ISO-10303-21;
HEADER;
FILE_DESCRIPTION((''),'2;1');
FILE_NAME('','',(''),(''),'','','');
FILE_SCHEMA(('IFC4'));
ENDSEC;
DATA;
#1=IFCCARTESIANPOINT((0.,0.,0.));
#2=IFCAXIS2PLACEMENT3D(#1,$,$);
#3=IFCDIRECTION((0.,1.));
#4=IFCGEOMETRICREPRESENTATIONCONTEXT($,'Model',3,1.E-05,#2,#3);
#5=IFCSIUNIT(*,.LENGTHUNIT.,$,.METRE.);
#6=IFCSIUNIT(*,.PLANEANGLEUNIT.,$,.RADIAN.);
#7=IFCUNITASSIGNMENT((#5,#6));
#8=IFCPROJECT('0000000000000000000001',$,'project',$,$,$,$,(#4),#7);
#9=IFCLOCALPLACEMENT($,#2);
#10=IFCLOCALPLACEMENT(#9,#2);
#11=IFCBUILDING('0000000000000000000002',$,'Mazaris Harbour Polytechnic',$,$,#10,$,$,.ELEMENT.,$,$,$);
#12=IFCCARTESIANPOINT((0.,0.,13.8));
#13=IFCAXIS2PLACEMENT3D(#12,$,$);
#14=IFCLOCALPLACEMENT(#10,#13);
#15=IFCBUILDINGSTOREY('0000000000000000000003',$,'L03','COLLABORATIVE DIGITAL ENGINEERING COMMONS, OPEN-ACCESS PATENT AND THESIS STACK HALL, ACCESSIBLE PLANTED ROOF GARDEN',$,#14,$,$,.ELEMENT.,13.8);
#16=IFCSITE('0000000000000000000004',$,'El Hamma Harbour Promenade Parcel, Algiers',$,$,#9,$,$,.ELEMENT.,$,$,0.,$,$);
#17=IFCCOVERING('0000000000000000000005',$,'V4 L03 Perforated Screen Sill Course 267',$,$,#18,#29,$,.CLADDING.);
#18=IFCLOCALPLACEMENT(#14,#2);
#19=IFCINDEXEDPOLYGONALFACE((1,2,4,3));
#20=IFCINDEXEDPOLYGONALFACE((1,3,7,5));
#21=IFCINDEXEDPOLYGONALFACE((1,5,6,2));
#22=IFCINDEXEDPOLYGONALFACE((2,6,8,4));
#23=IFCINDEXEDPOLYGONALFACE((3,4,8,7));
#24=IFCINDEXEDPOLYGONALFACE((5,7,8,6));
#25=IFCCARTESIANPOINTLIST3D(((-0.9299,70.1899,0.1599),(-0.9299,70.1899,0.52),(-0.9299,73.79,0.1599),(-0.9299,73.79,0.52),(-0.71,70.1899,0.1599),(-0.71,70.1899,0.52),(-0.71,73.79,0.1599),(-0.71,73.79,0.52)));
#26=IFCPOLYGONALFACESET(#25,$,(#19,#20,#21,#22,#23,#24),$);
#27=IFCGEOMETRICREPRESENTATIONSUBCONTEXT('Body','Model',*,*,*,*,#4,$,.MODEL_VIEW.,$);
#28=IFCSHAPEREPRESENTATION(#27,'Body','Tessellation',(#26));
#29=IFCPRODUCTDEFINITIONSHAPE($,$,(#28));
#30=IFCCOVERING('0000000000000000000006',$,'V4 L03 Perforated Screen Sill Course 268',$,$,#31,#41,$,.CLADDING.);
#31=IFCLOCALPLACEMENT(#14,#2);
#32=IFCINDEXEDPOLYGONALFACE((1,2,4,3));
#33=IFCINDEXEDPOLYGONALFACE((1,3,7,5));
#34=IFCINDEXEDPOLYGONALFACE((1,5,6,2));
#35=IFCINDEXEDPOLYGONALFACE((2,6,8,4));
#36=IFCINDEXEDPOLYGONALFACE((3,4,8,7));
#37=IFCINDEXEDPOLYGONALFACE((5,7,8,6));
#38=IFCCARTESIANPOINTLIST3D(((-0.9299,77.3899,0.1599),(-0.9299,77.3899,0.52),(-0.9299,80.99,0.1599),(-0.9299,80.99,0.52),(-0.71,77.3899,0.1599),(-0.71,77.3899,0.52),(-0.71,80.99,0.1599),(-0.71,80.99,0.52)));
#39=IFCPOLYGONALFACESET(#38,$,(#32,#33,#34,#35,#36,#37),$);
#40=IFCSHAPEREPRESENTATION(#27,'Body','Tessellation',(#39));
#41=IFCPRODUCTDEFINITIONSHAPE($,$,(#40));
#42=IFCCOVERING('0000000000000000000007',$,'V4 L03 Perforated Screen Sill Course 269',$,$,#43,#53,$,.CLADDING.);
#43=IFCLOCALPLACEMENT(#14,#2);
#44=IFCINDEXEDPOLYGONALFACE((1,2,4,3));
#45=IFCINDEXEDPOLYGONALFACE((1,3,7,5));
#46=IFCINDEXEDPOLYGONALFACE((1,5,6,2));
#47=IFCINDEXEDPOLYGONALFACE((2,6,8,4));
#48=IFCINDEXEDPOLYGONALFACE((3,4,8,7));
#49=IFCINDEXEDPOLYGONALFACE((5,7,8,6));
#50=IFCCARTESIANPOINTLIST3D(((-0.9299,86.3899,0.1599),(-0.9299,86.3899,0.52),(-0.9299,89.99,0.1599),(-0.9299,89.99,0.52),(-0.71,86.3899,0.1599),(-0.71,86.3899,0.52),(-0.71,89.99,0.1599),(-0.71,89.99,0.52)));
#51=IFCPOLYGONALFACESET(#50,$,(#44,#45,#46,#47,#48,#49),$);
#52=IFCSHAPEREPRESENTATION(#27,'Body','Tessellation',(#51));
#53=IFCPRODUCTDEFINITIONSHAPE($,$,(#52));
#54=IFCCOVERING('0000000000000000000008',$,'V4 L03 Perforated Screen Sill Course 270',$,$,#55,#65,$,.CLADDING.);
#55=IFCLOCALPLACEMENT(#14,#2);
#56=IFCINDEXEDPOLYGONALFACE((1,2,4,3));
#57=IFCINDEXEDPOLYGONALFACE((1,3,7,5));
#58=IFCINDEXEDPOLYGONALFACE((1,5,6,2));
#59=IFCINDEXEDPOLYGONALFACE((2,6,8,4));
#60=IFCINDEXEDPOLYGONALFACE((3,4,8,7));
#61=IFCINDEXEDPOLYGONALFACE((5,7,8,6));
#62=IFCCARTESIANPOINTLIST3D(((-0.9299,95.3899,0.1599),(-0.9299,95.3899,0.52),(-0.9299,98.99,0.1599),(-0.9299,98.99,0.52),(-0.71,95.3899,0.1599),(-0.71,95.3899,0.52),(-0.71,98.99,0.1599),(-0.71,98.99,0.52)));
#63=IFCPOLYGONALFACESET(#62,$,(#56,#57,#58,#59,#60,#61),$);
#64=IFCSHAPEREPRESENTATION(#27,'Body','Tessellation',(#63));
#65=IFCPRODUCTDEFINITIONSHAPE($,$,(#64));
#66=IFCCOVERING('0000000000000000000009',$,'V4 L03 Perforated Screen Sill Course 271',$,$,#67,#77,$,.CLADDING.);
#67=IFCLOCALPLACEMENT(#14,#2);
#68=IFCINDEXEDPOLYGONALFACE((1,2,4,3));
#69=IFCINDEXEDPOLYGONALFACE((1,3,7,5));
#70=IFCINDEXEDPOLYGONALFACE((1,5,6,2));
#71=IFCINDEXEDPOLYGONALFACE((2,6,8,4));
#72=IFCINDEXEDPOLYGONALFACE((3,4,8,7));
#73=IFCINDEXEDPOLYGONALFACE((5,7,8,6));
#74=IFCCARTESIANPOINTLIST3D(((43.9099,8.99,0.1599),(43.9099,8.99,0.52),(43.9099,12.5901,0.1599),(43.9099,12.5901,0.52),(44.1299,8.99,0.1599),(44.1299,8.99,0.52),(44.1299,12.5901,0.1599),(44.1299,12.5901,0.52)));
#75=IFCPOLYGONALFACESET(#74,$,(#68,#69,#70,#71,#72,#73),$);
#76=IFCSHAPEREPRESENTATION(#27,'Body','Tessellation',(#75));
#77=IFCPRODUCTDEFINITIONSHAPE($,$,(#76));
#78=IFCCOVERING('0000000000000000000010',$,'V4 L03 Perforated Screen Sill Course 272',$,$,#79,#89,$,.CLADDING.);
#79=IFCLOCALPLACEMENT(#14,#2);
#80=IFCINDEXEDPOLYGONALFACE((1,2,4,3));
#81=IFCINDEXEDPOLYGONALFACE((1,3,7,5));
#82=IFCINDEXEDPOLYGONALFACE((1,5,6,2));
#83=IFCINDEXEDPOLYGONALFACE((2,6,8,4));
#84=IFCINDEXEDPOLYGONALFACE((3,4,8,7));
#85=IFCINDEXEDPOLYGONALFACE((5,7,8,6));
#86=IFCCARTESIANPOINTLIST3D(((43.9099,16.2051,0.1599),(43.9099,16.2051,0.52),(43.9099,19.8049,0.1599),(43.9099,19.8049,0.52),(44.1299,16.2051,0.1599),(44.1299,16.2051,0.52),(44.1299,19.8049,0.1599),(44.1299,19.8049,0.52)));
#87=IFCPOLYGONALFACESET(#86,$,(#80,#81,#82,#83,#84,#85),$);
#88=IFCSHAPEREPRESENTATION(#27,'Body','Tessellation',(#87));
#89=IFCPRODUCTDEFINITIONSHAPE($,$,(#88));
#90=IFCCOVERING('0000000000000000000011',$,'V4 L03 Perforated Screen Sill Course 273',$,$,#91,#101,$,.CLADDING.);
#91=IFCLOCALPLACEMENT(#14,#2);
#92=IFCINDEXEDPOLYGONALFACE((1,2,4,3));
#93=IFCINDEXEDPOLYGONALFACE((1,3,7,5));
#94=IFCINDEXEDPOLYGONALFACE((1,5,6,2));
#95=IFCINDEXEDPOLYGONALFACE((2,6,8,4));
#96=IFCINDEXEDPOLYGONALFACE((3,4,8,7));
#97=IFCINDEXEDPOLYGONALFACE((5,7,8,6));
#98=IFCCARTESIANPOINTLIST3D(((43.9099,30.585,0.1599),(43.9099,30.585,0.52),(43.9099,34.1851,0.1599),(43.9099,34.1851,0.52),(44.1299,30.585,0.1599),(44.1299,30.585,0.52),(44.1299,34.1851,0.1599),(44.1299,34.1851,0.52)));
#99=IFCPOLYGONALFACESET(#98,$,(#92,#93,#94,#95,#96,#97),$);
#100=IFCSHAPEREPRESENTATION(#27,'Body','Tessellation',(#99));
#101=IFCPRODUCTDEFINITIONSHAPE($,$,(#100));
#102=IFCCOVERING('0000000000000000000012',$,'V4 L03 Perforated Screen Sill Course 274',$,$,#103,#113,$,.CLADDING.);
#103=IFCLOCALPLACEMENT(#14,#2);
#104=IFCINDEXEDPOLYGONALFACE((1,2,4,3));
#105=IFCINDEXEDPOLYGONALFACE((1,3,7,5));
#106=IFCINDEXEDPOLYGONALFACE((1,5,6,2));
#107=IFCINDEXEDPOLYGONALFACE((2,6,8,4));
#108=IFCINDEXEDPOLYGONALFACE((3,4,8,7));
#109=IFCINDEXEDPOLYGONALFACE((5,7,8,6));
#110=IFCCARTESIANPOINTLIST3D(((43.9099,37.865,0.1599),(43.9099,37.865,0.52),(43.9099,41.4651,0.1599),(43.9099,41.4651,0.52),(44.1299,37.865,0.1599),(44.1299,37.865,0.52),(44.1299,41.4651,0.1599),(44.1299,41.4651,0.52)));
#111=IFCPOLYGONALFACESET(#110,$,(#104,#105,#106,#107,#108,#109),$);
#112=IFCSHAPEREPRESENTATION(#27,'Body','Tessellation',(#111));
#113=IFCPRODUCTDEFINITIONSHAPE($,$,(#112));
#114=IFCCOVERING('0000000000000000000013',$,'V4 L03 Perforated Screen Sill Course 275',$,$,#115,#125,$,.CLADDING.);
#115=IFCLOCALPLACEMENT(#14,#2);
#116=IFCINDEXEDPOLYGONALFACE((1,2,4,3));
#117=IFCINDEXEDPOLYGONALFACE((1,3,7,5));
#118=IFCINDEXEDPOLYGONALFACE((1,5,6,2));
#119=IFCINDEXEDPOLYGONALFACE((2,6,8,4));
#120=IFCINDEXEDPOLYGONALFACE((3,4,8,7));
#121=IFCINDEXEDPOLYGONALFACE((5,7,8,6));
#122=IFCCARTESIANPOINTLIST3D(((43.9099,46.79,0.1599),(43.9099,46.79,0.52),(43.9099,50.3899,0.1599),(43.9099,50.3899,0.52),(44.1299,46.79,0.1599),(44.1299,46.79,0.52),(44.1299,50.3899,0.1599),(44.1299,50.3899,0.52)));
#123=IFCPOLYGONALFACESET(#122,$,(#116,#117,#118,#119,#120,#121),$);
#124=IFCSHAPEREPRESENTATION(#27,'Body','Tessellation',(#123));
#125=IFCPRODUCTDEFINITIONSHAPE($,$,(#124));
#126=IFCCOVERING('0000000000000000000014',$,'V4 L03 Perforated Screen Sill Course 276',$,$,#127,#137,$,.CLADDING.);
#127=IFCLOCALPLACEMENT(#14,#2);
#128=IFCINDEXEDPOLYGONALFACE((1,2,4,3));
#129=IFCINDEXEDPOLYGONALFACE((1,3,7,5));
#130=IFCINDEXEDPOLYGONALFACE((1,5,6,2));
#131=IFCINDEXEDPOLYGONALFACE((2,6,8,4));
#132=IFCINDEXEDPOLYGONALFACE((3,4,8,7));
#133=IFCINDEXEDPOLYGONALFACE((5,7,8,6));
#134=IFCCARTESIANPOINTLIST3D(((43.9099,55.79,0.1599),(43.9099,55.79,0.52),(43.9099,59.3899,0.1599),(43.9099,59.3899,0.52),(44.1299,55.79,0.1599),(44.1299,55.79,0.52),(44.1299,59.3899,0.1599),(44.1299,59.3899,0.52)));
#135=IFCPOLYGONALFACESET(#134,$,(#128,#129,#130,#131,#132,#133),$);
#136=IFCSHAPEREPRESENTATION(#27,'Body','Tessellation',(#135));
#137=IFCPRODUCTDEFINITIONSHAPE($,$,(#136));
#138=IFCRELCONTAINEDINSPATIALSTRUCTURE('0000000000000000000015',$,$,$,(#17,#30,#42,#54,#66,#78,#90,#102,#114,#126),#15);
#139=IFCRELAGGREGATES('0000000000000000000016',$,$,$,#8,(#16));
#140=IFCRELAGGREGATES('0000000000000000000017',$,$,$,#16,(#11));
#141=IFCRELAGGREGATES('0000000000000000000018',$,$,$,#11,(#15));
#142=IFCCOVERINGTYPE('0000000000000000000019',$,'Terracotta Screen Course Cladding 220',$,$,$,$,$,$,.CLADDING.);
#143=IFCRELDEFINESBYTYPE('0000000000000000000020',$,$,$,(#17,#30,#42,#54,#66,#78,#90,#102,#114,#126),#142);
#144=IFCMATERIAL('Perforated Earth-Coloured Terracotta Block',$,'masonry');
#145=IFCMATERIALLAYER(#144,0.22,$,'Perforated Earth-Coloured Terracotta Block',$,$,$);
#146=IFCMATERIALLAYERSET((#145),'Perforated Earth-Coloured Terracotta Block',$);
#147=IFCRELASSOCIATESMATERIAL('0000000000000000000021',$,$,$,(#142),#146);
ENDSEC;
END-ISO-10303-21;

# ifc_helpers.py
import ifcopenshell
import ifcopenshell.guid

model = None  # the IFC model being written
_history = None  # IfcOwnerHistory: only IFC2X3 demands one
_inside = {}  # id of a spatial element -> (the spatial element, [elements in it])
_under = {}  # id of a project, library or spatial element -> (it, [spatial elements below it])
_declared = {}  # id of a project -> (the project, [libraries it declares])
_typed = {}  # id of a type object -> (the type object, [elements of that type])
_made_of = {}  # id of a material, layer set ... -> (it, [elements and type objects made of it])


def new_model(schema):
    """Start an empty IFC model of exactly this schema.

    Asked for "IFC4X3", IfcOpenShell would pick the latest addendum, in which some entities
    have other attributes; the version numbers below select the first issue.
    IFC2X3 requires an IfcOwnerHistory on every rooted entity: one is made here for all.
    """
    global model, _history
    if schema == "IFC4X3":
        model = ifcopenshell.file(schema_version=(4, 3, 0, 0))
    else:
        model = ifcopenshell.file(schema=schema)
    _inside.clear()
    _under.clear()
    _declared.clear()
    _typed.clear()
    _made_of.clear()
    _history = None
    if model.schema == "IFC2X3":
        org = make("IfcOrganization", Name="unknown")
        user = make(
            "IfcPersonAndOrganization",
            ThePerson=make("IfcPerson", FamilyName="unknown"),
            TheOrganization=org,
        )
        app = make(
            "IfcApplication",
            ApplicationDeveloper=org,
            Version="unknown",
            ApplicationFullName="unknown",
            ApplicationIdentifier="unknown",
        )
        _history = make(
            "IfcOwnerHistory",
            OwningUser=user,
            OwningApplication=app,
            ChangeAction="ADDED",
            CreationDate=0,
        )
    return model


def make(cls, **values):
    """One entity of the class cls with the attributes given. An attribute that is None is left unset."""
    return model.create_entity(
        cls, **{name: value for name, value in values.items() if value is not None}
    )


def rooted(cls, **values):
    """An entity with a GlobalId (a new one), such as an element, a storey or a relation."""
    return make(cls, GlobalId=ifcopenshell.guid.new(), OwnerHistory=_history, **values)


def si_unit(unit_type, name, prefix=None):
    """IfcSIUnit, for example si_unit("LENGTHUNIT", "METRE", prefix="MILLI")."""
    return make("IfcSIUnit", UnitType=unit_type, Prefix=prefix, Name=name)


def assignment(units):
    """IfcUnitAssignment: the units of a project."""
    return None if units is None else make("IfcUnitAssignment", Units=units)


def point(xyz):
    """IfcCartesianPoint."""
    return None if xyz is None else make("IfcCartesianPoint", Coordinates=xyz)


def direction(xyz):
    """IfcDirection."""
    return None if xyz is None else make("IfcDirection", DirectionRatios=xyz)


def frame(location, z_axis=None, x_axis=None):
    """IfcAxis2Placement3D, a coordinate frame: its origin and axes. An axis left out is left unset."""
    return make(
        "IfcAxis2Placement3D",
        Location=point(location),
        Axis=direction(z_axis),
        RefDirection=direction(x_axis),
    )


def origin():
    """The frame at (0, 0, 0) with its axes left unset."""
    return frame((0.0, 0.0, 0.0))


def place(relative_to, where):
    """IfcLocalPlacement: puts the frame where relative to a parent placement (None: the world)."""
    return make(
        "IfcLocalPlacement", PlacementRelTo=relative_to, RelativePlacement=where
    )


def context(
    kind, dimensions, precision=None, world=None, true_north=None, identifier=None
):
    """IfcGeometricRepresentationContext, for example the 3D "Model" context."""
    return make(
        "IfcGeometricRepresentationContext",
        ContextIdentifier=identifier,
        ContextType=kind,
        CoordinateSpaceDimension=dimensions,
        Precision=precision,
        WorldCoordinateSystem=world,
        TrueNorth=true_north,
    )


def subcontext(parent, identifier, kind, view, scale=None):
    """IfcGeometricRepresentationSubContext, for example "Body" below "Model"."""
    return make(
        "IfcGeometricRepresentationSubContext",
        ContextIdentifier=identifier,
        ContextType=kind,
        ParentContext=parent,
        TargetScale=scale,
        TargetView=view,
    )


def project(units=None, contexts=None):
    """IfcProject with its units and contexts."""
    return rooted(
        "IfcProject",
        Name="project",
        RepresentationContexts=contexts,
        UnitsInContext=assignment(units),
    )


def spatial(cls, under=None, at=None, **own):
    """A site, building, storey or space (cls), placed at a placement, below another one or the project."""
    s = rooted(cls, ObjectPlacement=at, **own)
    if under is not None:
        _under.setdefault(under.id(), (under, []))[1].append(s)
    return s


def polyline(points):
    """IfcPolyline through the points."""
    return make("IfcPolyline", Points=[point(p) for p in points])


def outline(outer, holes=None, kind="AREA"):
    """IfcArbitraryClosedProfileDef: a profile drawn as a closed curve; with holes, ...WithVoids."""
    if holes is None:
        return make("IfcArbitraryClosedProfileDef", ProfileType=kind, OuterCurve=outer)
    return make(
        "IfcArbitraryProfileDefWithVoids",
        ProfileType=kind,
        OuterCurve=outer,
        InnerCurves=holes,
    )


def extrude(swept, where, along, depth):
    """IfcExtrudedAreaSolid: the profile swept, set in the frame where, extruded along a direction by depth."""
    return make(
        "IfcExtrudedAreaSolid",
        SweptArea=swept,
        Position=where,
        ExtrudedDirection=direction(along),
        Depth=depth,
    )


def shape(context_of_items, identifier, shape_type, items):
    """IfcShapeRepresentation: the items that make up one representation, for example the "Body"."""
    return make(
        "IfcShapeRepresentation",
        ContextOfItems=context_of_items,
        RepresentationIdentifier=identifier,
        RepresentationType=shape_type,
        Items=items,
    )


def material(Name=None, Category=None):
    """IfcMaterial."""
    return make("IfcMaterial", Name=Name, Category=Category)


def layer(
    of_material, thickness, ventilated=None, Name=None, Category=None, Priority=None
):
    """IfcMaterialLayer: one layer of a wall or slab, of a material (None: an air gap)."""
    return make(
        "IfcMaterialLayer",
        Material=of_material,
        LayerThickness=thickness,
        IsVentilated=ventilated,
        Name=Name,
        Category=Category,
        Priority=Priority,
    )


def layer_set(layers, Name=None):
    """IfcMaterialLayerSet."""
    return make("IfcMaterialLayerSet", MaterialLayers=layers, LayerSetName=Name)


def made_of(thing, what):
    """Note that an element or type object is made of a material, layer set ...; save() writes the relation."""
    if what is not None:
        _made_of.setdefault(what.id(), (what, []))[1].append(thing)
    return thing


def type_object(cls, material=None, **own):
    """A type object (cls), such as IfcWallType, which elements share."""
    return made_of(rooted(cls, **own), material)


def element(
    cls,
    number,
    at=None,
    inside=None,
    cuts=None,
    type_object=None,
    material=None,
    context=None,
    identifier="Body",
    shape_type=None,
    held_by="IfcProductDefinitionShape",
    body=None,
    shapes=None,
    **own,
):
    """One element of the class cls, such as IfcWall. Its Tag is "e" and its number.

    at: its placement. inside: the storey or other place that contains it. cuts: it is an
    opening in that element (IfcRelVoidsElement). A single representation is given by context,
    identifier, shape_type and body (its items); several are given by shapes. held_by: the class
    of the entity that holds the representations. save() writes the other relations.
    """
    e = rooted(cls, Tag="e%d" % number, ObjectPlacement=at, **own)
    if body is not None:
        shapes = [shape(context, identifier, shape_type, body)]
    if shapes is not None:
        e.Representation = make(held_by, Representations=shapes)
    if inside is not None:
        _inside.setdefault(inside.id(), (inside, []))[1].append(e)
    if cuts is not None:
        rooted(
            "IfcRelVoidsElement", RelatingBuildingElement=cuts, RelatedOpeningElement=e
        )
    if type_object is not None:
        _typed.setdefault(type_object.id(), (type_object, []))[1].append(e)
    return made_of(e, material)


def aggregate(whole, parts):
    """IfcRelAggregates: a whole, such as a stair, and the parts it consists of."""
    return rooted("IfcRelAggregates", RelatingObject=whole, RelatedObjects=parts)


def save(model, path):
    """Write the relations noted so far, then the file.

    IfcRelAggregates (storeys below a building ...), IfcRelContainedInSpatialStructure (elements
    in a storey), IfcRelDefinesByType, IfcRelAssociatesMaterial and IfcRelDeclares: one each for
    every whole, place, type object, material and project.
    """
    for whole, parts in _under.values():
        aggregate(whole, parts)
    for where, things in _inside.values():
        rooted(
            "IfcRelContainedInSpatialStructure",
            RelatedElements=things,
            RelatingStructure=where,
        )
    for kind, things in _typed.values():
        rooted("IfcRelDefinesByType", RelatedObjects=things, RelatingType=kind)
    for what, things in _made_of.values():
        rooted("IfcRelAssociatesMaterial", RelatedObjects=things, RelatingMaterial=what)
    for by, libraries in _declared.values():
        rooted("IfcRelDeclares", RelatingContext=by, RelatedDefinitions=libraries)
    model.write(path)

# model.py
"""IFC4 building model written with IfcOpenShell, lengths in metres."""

from ifc_helpers import new_model, si_unit, direction, frame, origin, place, context, subcontext, project, spatial, polyline, outline, extrude, material, layer, layer_set, type_object, element, save


model = new_model("IFC4")

# Units and contexts
model_context = context("Model", 3, precision=1e-05, world=origin(), true_north=direction((0.0, 1.0)))
body_context = subcontext(model_context, "Body", "Model", "MODEL_VIEW")
ifc_project = project(units=[si_unit("LENGTHUNIT", "METRE"), si_unit("PLANEANGLEUNIT", "RADIAN")], contexts=[model_context])

# Site, building, storey
site_placement = place(None, origin())
site = spatial("IfcSite", under=ifc_project, at=site_placement, Name="El Hamma Harbour Promenade Parcel, Algiers", CompositionType="ELEMENT", RefElevation=0.0)
building_placement = place(site_placement, origin())
building = spatial("IfcBuilding", under=site, at=building_placement, Name="Mazaris Harbour Polytechnic", CompositionType="ELEMENT")
storey_placement = place(building_placement, frame((0.0, 0.0, 13.8)))
storey = spatial("IfcBuildingStorey", under=building, at=storey_placement, Name="L03", Description="COLLABORATIVE DIGITAL ENGINEERING COMMONS, OPEN-ACCESS PATENT AND THESIS STACK HALL, ACCESSIBLE PLANTED ROOF GARDEN", CompositionType="ELEMENT", Elevation=13.8)

# Coverings
ifc_material = material(Name="Perforated Earth-Coloured Terracotta Block", Category="masonry")
ifc_layer = layer(ifc_material, 0.22, Name="Perforated Earth-Coloured Terracotta Block")
ifc_layer_set = layer_set([ifc_layer], Name="Perforated Earth-Coloured Terracotta Block")
covering_type = type_object("IfcCoveringType", Name="Terracotta Screen Course Cladding 220", PredefinedType="CLADDING", material=ifc_layer_set)
covering_1_placement = place(storey_placement, frame((0.0, 0.0, 0.1599)))
element("IfcCovering", 1, at=covering_1_placement, inside=storey, type_object=covering_type, Name="V4 L03 Perforated Screen Sill Course 267", PredefinedType="CLADDING", context=body_context, shape_type="SweptSolid", body=[
    extrude(outline(polyline([(-0.71, 70.1899), (-0.71, 73.79), (-0.9299, 73.79), (-0.9299, 70.1899), (-0.71, 70.1899)])), origin(), (0.0, 0.0, 1.0), 0.3601),
])
covering_2_placement = place(storey_placement, frame((0.0, 0.0, 0.1599)))
element("IfcCovering", 2, at=covering_2_placement, inside=storey, type_object=covering_type, Name="V4 L03 Perforated Screen Sill Course 268", PredefinedType="CLADDING", context=body_context, shape_type="SweptSolid", body=[
    extrude(outline(polyline([(-0.71, 77.3899), (-0.71, 80.99), (-0.9299, 80.99), (-0.9299, 77.3899), (-0.71, 77.3899)])), origin(), (0.0, 0.0, 1.0), 0.3601),
])
covering_3_placement = place(storey_placement, frame((0.0, 0.0, 0.1599)))
element("IfcCovering", 3, at=covering_3_placement, inside=storey, type_object=covering_type, Name="V4 L03 Perforated Screen Sill Course 269", PredefinedType="CLADDING", context=body_context, shape_type="SweptSolid", body=[
    extrude(outline(polyline([(-0.71, 86.3899), (-0.71, 89.99), (-0.9299, 89.99), (-0.9299, 86.3899), (-0.71, 86.3899)])), origin(), (0.0, 0.0, 1.0), 0.3601),
])
covering_4_placement = place(storey_placement, frame((0.0, 0.0, 0.1599)))
element("IfcCovering", 4, at=covering_4_placement, inside=storey, type_object=covering_type, Name="V4 L03 Perforated Screen Sill Course 270", PredefinedType="CLADDING", context=body_context, shape_type="SweptSolid", body=[
    extrude(outline(polyline([(-0.71, 95.3899), (-0.71, 98.99), (-0.9299, 98.99), (-0.9299, 95.3899), (-0.71, 95.3899)])), origin(), (0.0, 0.0, 1.0), 0.3601),
])
covering_5_placement = place(storey_placement, frame((0.0, 0.0, 0.1599)))
element("IfcCovering", 5, at=covering_5_placement, inside=storey, type_object=covering_type, Name="V4 L03 Perforated Screen Sill Course 271", PredefinedType="CLADDING", context=body_context, shape_type="SweptSolid", body=[
    extrude(outline(polyline([(43.9099, 12.5901), (43.9099, 8.99), (44.1299, 8.99), (44.1299, 12.5901), (43.9099, 12.5901)])), origin(), (0.0, 0.0, 1.0), 0.3601),
])
covering_6_placement = place(storey_placement, frame((0.0, 0.0, 0.1599)))
element("IfcCovering", 6, at=covering_6_placement, inside=storey, type_object=covering_type, Name="V4 L03 Perforated Screen Sill Course 272", PredefinedType="CLADDING", context=body_context, shape_type="SweptSolid", body=[
    extrude(outline(polyline([(43.9099, 19.8049), (43.9099, 16.2051), (44.1299, 16.2051), (44.1299, 19.8049), (43.9099, 19.8049)])), origin(), (0.0, 0.0, 1.0), 0.3601),
])
covering_7_placement = place(storey_placement, frame((0.0, 0.0, 0.1599)))
element("IfcCovering", 7, at=covering_7_placement, inside=storey, type_object=covering_type, Name="V4 L03 Perforated Screen Sill Course 273", PredefinedType="CLADDING", context=body_context, shape_type="SweptSolid", body=[
    extrude(outline(polyline([(43.9099, 34.1851), (43.9099, 30.585), (44.1299, 30.585), (44.1299, 34.1851), (43.9099, 34.1851)])), origin(), (0.0, 0.0, 1.0), 0.3601),
])
covering_8_placement = place(storey_placement, frame((0.0, 0.0, 0.1599)))
element("IfcCovering", 8, at=covering_8_placement, inside=storey, type_object=covering_type, Name="V4 L03 Perforated Screen Sill Course 274", PredefinedType="CLADDING", context=body_context, shape_type="SweptSolid", body=[
    extrude(outline(polyline([(43.9099, 41.4651), (43.9099, 37.865), (44.1299, 37.865), (44.1299, 41.4651), (43.9099, 41.4651)])), origin(), (0.0, 0.0, 1.0), 0.3601),
])
covering_9_placement = place(storey_placement, frame((0.0, 0.0, 0.1599)))
element("IfcCovering", 9, at=covering_9_placement, inside=storey, type_object=covering_type, Name="V4 L03 Perforated Screen Sill Course 275", PredefinedType="CLADDING", context=body_context, shape_type="SweptSolid", body=[
    extrude(outline(polyline([(43.9099, 50.3899), (43.9099, 46.79), (44.1299, 46.79), (44.1299, 50.3899), (43.9099, 50.3899)])), origin(), (0.0, 0.0, 1.0), 0.3601),
])
covering_10_placement = place(storey_placement, frame((0.0, 0.0, 0.1599)))
element("IfcCovering", 10, at=covering_10_placement, inside=storey, type_object=covering_type, Name="V4 L03 Perforated Screen Sill Course 276", PredefinedType="CLADDING", context=body_context, shape_type="SweptSolid", body=[
    extrude(outline(polyline([(43.9099, 59.3899), (43.9099, 55.79), (44.1299, 55.79), (44.1299, 59.3899), (43.9099, 59.3899)])), origin(), (0.0, 0.0, 1.0), 0.3601),
])

save(model, "model.ifc")
